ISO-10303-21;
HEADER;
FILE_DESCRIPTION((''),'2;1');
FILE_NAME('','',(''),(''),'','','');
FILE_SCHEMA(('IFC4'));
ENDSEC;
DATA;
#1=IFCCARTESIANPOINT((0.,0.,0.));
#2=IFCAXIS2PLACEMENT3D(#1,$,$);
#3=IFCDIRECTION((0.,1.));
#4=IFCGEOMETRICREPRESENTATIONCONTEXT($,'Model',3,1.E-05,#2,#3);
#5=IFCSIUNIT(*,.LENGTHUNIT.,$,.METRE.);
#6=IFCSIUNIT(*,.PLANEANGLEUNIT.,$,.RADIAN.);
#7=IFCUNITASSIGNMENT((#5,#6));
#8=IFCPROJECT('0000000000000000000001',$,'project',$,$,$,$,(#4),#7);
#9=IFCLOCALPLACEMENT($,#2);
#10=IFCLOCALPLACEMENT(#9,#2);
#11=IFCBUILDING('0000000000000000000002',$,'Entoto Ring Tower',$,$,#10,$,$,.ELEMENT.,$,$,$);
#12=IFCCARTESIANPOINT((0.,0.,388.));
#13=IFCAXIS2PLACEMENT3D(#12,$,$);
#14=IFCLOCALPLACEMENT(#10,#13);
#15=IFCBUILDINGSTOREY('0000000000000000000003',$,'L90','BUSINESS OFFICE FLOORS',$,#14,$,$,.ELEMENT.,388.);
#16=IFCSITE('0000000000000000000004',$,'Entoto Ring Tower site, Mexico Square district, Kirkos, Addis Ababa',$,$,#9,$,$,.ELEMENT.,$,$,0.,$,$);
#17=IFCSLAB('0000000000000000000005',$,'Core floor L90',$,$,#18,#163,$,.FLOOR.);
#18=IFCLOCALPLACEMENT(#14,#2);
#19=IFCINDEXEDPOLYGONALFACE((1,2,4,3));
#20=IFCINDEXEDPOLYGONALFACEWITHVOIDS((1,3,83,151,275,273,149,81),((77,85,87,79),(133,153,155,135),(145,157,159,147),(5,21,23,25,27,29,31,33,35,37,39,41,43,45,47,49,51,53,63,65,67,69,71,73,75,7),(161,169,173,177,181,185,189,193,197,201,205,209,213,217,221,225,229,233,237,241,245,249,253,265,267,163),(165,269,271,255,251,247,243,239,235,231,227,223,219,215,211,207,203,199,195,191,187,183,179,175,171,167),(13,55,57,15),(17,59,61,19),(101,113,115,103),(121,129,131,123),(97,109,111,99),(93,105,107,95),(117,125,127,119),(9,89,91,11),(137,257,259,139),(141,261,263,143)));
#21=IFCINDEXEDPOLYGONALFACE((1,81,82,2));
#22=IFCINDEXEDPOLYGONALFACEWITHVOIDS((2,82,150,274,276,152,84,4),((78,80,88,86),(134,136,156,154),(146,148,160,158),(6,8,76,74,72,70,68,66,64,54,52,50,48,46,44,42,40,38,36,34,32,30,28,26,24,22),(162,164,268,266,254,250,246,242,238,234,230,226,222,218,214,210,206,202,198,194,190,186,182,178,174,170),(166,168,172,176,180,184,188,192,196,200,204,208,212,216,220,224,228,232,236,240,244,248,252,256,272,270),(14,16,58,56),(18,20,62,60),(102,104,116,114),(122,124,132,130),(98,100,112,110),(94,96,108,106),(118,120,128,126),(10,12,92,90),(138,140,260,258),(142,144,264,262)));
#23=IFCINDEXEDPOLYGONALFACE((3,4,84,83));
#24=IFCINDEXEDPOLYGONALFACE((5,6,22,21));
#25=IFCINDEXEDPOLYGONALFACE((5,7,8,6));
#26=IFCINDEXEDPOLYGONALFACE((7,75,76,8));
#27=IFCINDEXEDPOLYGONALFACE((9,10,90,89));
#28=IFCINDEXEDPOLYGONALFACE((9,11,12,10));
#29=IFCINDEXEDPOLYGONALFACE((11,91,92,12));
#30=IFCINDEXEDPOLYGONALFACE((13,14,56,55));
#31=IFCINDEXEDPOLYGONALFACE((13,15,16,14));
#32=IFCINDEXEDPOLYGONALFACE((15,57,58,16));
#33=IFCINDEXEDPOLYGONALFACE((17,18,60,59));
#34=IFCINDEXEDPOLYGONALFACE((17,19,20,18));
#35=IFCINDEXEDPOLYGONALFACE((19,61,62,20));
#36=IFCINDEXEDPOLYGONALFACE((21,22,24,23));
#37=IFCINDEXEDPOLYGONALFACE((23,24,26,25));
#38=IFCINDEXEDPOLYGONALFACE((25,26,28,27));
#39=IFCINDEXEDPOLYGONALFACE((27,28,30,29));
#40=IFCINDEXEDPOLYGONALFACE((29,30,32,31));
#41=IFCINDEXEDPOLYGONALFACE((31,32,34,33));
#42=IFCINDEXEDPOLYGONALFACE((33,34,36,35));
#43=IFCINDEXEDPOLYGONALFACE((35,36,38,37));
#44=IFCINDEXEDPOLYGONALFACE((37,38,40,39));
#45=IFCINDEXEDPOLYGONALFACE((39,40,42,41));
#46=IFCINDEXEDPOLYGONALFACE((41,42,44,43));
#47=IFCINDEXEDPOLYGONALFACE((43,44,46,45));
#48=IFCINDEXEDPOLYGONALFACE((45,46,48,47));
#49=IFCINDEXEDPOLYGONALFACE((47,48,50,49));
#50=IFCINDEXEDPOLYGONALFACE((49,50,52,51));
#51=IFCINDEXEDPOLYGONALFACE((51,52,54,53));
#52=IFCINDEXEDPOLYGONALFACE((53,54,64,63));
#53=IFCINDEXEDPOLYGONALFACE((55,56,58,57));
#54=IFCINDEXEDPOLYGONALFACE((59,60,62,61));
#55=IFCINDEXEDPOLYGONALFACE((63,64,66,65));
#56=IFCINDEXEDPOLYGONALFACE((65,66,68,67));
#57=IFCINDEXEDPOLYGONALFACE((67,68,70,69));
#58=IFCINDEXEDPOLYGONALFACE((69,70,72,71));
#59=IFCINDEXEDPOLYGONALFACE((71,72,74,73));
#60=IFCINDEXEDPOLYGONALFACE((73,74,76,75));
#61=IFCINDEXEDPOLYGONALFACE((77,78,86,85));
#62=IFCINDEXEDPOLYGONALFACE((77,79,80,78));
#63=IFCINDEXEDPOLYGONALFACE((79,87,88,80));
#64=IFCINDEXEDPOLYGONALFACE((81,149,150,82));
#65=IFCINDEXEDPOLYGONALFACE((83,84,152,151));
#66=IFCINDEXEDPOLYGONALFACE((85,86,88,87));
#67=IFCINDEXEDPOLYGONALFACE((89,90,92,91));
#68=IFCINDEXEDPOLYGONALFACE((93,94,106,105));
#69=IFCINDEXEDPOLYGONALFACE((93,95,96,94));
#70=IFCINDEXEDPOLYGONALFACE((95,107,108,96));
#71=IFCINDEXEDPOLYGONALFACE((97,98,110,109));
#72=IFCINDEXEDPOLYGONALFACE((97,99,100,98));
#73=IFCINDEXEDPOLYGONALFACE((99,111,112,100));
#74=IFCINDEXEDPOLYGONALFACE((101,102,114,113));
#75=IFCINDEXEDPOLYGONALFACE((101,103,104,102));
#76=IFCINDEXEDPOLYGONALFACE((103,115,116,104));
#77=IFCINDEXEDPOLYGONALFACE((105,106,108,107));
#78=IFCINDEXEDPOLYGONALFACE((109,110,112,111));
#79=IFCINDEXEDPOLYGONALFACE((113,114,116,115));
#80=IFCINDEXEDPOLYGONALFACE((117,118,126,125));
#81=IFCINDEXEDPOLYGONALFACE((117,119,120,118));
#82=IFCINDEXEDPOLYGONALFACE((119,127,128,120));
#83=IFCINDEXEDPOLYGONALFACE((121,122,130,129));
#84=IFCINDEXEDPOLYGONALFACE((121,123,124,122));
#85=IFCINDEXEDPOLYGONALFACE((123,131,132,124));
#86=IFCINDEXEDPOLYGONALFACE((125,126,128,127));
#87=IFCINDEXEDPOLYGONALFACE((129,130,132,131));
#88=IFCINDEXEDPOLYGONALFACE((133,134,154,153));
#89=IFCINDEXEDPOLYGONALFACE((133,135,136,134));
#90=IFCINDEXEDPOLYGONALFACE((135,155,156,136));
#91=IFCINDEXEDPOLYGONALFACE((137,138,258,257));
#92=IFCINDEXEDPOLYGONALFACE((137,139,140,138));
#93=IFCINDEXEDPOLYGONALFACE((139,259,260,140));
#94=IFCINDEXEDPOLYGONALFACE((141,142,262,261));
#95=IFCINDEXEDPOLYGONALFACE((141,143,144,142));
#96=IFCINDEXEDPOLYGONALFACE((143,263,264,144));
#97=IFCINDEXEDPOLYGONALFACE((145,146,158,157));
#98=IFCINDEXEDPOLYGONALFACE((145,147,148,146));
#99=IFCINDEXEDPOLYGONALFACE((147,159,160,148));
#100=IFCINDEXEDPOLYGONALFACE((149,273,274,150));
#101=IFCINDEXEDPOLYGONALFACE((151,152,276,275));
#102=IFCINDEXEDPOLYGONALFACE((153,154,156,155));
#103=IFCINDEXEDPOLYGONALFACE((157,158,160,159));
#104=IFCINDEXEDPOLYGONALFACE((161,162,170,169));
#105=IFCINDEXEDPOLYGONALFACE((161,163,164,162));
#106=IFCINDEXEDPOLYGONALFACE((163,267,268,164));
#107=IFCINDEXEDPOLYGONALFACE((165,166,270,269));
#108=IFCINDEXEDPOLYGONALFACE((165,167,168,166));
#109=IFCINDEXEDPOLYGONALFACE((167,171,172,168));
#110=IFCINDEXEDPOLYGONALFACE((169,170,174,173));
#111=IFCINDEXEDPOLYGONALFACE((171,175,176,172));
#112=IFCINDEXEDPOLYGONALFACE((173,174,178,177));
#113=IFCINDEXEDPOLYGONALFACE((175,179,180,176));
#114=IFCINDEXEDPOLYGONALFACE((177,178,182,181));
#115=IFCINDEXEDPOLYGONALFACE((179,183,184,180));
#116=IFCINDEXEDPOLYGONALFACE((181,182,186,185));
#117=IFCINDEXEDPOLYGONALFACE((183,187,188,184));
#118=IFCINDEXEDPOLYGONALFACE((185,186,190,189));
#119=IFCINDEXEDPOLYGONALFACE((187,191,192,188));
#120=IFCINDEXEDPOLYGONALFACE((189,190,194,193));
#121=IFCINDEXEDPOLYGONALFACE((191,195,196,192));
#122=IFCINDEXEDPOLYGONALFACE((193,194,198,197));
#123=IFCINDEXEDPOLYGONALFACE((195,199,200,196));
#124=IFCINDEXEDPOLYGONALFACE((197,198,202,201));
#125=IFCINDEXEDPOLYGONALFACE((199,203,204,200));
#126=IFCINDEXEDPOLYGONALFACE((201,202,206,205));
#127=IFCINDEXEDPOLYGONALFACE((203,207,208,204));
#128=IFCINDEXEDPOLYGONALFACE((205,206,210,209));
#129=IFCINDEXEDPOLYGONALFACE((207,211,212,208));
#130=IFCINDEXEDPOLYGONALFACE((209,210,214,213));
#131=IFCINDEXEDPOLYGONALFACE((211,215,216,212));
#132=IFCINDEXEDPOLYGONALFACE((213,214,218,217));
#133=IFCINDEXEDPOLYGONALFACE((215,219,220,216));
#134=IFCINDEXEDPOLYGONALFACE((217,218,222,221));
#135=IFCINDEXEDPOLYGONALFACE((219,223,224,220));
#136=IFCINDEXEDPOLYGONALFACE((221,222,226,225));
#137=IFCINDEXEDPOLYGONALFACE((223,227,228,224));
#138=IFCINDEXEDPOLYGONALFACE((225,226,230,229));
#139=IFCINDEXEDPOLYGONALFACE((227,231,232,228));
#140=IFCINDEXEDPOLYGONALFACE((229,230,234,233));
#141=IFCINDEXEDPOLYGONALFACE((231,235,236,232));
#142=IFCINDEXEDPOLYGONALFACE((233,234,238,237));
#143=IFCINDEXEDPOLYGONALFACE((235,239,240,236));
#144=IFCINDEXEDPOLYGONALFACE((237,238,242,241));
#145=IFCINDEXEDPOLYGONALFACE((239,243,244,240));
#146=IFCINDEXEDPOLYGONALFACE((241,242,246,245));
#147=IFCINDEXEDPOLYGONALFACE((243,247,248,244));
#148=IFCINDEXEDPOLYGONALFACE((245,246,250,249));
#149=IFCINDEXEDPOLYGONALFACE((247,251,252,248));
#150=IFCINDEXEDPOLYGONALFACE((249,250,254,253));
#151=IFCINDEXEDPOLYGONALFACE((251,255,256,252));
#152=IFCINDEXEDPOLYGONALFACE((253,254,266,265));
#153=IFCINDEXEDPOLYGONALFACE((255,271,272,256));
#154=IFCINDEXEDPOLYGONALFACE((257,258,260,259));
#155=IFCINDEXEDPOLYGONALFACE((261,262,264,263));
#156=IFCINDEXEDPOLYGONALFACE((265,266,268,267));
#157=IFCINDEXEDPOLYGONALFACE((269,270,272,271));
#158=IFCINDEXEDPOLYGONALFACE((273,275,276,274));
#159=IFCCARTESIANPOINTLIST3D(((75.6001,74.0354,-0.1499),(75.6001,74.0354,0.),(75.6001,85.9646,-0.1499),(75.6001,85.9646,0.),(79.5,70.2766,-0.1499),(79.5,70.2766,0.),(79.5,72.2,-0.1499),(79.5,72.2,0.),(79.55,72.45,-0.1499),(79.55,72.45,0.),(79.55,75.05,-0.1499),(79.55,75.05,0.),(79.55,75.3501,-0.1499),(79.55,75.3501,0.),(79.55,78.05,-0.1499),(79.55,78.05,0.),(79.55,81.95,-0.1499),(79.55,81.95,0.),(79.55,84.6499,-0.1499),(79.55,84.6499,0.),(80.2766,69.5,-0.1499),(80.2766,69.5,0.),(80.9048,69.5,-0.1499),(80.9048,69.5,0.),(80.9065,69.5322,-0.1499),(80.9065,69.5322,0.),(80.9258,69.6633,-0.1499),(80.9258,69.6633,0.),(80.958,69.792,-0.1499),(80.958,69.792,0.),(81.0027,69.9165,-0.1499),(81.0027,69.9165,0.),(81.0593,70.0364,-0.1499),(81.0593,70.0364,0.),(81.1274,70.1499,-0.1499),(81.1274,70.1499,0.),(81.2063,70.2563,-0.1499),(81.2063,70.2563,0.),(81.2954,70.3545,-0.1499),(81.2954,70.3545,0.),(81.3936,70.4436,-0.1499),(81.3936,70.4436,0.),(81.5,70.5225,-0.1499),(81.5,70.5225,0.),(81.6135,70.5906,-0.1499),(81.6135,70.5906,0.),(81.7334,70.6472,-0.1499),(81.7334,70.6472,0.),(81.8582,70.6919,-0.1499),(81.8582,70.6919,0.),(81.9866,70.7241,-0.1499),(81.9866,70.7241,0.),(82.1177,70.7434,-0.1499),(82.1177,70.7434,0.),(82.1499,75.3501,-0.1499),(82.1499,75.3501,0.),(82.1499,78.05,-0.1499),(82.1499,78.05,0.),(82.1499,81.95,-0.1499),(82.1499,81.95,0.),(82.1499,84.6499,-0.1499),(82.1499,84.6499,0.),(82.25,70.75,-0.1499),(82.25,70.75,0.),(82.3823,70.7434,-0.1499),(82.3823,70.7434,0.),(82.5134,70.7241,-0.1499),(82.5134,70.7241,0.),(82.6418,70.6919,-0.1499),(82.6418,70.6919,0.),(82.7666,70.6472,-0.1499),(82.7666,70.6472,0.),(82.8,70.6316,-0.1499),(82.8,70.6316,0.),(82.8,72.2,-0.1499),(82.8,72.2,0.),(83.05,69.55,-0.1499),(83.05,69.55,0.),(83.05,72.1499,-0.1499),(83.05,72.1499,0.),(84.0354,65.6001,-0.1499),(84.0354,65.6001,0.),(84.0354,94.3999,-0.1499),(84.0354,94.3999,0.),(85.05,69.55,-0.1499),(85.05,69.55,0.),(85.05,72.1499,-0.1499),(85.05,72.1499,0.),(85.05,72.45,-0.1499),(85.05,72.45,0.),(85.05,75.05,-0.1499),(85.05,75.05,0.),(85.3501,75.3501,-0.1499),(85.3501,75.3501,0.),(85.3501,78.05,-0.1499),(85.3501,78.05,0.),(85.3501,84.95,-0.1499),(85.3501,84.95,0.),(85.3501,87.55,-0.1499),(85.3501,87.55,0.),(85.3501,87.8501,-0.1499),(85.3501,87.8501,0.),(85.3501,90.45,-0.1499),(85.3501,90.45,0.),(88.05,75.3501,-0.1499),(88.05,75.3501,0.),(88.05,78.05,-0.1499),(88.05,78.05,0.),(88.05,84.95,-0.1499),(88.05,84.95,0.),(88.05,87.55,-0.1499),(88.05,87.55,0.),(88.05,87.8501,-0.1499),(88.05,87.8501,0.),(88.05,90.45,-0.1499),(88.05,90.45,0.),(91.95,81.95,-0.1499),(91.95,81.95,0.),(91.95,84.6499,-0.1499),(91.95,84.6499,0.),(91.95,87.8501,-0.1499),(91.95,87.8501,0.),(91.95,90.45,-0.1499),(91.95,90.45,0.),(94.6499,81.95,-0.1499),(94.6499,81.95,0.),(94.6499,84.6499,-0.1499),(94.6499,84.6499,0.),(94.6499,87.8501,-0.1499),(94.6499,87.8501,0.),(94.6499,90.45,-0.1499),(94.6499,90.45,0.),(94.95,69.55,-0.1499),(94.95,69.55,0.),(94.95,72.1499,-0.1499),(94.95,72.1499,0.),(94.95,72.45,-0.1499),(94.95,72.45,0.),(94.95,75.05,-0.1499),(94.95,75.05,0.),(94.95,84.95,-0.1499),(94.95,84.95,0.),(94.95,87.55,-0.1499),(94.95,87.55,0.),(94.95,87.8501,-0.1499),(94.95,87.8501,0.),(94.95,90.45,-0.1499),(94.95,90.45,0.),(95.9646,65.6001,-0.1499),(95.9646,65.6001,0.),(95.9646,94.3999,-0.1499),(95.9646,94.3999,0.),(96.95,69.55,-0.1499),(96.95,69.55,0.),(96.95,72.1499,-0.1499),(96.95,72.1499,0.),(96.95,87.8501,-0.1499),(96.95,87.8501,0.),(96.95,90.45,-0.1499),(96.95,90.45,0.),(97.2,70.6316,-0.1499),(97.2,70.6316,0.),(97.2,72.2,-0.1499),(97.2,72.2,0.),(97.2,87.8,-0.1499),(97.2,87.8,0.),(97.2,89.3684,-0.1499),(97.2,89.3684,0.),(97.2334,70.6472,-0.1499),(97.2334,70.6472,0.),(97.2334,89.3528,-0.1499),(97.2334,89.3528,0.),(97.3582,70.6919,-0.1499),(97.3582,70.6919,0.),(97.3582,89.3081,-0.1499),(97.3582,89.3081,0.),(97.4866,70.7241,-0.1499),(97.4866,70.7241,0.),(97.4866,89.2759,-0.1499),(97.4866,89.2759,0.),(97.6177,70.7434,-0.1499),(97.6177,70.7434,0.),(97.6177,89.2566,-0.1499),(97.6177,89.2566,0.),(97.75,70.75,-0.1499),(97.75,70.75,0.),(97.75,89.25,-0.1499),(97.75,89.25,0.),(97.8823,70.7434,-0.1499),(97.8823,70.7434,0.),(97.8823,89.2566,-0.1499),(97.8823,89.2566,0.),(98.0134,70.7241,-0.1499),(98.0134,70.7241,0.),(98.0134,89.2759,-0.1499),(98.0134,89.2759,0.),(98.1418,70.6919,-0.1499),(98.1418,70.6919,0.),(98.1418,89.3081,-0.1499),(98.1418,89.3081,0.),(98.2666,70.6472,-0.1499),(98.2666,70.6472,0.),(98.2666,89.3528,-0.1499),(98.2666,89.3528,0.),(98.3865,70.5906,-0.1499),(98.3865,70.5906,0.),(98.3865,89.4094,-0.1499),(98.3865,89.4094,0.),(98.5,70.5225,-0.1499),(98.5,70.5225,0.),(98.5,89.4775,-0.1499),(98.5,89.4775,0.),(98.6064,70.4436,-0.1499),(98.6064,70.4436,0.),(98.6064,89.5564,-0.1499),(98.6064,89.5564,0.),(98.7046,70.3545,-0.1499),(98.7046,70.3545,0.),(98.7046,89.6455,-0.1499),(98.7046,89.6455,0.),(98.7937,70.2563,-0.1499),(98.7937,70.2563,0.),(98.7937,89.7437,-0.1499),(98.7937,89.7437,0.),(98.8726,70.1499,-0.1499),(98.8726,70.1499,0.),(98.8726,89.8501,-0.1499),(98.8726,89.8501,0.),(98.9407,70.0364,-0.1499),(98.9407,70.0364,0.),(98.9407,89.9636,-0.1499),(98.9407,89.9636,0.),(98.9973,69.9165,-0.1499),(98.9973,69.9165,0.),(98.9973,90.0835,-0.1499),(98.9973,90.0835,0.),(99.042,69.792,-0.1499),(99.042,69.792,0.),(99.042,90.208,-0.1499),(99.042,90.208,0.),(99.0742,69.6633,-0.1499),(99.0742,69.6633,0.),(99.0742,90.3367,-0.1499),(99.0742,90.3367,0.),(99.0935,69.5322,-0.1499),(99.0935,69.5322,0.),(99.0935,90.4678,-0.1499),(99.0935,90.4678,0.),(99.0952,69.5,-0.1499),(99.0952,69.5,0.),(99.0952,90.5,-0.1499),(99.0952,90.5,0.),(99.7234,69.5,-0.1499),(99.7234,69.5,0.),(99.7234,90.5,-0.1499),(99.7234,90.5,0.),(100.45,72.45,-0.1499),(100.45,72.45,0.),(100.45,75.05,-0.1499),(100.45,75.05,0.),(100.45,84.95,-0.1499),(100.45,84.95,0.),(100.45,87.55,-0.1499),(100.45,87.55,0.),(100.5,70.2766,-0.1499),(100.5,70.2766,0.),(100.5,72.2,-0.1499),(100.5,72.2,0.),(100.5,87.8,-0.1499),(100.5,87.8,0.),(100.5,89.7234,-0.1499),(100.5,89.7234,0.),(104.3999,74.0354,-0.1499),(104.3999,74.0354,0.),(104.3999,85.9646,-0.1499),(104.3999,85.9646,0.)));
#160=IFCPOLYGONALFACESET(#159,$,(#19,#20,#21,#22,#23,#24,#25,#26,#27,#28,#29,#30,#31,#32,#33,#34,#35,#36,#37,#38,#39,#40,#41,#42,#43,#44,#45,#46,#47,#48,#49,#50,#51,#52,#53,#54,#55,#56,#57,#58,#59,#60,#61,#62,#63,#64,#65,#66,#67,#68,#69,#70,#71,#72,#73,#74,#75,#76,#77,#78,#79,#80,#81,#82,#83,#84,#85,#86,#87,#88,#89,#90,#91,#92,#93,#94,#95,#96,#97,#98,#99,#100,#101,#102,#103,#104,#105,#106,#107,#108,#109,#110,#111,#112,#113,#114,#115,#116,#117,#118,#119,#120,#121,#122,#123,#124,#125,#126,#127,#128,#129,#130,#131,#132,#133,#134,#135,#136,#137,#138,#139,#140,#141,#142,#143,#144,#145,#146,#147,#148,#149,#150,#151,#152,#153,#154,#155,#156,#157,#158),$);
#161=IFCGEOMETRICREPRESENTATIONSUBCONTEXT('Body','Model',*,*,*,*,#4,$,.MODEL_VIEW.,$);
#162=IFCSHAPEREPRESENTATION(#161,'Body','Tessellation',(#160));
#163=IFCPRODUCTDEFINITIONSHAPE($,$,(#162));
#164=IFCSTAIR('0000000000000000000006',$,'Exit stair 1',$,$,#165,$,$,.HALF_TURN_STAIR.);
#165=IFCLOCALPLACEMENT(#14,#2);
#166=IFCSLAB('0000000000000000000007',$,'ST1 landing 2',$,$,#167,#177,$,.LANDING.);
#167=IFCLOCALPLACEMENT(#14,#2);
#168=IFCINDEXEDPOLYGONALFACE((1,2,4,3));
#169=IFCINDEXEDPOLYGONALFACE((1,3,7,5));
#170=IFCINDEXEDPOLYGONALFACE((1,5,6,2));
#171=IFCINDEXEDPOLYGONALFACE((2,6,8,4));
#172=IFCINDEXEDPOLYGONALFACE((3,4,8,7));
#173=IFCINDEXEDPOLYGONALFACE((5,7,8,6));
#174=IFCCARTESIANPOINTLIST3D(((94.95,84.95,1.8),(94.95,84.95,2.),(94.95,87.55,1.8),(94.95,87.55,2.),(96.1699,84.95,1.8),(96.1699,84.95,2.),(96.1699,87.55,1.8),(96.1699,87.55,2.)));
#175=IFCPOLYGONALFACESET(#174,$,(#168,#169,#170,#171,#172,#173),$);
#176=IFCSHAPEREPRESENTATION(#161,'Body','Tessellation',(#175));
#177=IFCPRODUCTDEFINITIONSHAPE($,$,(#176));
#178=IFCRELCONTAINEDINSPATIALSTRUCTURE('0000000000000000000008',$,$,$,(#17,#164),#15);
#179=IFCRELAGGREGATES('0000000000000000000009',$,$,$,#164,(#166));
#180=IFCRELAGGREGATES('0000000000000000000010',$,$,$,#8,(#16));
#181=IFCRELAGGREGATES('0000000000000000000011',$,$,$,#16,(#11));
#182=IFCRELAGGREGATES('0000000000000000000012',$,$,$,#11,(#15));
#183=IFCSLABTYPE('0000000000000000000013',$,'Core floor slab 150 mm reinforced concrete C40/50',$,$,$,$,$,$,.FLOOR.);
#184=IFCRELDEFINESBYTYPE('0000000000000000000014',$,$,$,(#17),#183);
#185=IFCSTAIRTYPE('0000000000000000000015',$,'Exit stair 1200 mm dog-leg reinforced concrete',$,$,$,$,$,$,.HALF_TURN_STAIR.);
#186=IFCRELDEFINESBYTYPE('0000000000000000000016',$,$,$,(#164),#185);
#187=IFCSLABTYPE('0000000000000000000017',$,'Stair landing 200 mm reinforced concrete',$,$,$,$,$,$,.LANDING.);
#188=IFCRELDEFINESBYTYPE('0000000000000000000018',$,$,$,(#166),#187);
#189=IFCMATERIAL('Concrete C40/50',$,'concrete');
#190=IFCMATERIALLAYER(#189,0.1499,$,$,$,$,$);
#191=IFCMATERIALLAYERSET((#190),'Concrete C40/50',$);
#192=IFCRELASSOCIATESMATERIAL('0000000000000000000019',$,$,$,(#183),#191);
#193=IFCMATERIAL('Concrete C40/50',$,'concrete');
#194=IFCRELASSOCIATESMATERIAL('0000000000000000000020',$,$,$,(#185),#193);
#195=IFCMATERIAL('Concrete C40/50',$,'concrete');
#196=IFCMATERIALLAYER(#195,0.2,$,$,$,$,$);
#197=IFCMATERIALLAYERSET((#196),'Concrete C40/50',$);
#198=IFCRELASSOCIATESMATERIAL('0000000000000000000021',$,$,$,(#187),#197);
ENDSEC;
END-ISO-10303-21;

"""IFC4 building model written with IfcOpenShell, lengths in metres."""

from ifc_helpers import new_model, si_unit, direction, frame, origin, place, context, subcontext, project, spatial, polyline, outline, extrude, material, layer, layer_set, type_object, element, aggregate, save


model = new_model("IFC4")

# Units and contexts
model_context = context("Model", 3, precision=1e-05, world=origin(), true_north=direction((0.0, 1.0)))
body_context = subcontext(model_context, "Body", "Model", "MODEL_VIEW")
ifc_project = project(units=[si_unit("LENGTHUNIT", "METRE"), si_unit("PLANEANGLEUNIT", "RADIAN")], contexts=[model_context])

# Site, building, storey
site_placement = place(None, origin())
site = spatial("IfcSite", under=ifc_project, at=site_placement, Name="Entoto Ring Tower site, Mexico Square district, Kirkos, Addis Ababa", CompositionType="ELEMENT", RefElevation=0.0)
building_placement = place(site_placement, origin())
building = spatial("IfcBuilding", under=site, at=building_placement, Name="Entoto Ring Tower", CompositionType="ELEMENT")
storey_placement = place(building_placement, frame((0.0, 0.0, 388.0)))
storey = spatial("IfcBuildingStorey", under=building, at=storey_placement, Name="L90", Description="BUSINESS OFFICE FLOORS", CompositionType="ELEMENT", Elevation=388.0)

# Slab
ifc_material_1 = material(Name="Concrete C40/50", Category="concrete")
ifc_layer_1 = layer(ifc_material_1, 0.1499)
ifc_layer_set_1 = layer_set([ifc_layer_1], Name="Concrete C40/50")
slab_type_1 = type_object("IfcSlabType", Name="Core floor slab 150 mm reinforced concrete C40/50", PredefinedType="FLOOR", material=ifc_layer_set_1)
slab_1_placement = place(storey_placement, frame((0.0, 0.0, -0.1499)))
element("IfcSlab", 1, at=slab_1_placement, inside=storey, type_object=slab_type_1, Name="Core floor L90", PredefinedType="FLOOR", context=body_context, shape_type="SweptSolid", body=[
    extrude(outline(polyline([(104.3999, 74.0354), (104.3999, 85.9646), (95.9646, 94.3999), (84.0354, 94.3999), (75.6001, 85.9646), (75.6001, 74.0354), (84.0354, 65.6001), (95.9646, 65.6001), (104.3999, 74.0354)]), holes=[polyline([(100.45, 84.95), (100.45, 87.55), (94.95, 87.55), (94.95, 84.95), (100.45, 84.95)]), polyline([(85.05, 72.45), (85.05, 75.05), (79.55, 75.05), (79.55, 72.45), (85.05, 72.45)]), polyline([(100.45, 72.45), (100.45, 75.05), (94.95, 75.05), (94.95, 72.45), (100.45, 72.45)]), polyline([(94.95, 90.45), (94.95, 87.8501), (96.95, 87.8501), (96.95, 90.45), (94.95, 90.45)]), polyline([(94.95, 72.1499), (94.95, 69.55), (96.95, 69.55), (96.95, 72.1499), (94.95, 72.1499)]), polyline([(83.05, 72.1499), (83.05, 69.55), (85.05, 69.55), (85.05, 72.1499), (83.05, 72.1499)]), polyline([(79.55, 81.95), (82.1499, 81.95), (82.1499, 84.6499), (79.55, 84.6499), (79.55, 81.95)]), polyline([(79.55, 75.3501), (82.1499, 75.3501), (82.1499, 78.05), (79.55, 78.05), (79.55, 75.3501)]), polyline([(91.95, 87.8501), (94.6499, 87.8501), (94.6499, 90.45), (91.95, 90.45), (91.95, 87.8501)]), polyline([(91.95, 81.95), (94.6499, 81.95), (94.6499, 84.6499), (91.95, 84.6499), (91.95, 81.95)]), polyline([(85.3501, 75.3501), (88.05, 75.3501), (88.05, 78.05), (85.3501, 78.05), (85.3501, 75.3501)]), polyline([(85.3501, 84.95), (88.05, 84.95), (88.05, 87.55), (85.3501, 87.55), (85.3501, 84.95)]), polyline([(85.3501, 87.8501), (88.05, 87.8501), (88.05, 90.45), (85.3501, 90.45), (85.3501, 87.8501)]), polyline([(97.2, 89.3684), (97.2, 87.8), (100.5, 87.8), (100.5, 89.7234), (99.7234, 90.5), (99.0952, 90.5), (99.0935, 90.4678), (99.0742, 90.3367), (99.042, 90.208), (98.9973, 90.0835), (98.9407, 89.9636), (98.8726, 89.8501), (98.7937, 89.7437), (98.7046, 89.6455), (98.6064, 89.5564), (98.5, 89.4775), (98.3865, 89.4094), (98.2666, 89.3528), (98.1418, 89.3081), (98.0134, 89.2759), (97.8823, 89.2566), (97.75, 89.25), (97.6177, 89.2566), (97.4866, 89.2759), (97.3582, 89.3081), (97.2334, 89.3528), (97.2, 89.3684)]), polyline([(80.2766, 69.5), (80.9048, 69.5), (80.9065, 69.5322), (80.9258, 69.6633), (80.958, 69.792), (81.0027, 69.9165), (81.0593, 70.0364), (81.1274, 70.1499), (81.2063, 70.2563), (81.2954, 70.3545), (81.3936, 70.4436), (81.5, 70.5225), (81.6135, 70.5906), (81.7334, 70.6472), (81.8582, 70.6919), (81.9866, 70.7241), (82.1177, 70.7434), (82.25, 70.75), (82.3823, 70.7434), (82.5134, 70.7241), (82.6418, 70.6919), (82.7666, 70.6472), (82.8, 70.6316), (82.8, 72.2), (79.5, 72.2), (79.5, 70.2766), (80.2766, 69.5)]), polyline([(99.0952, 69.5), (99.7234, 69.5), (100.5, 70.2766), (100.5, 72.2), (97.2, 72.2), (97.2, 70.6316), (97.2334, 70.6472), (97.3582, 70.6919), (97.4866, 70.7241), (97.6177, 70.7434), (97.75, 70.75), (97.8823, 70.7434), (98.0134, 70.7241), (98.1418, 70.6919), (98.2666, 70.6472), (98.3865, 70.5906), (98.5, 70.5225), (98.6064, 70.4436), (98.7046, 70.3545), (98.7937, 70.2563), (98.8726, 70.1499), (98.9407, 70.0364), (98.9973, 69.9165), (99.042, 69.792), (99.0742, 69.6633), (99.0935, 69.5322), (99.0952, 69.5)])]), origin(), (0.0, 0.0, 1.0), 0.1499),
])

# Stair, slab
ifc_material_2 = material(Name="Concrete C40/50", Category="concrete")
stair_type = type_object("IfcStairType", Name="Exit stair 1200 mm dog-leg reinforced concrete", PredefinedType="HALF_TURN_STAIR", material=ifc_material_2)
stair_1_placement = place(storey_placement, origin())
stair_1 = element("IfcStair", 2, at=stair_1_placement, inside=storey, type_object=stair_type, Name="Exit stair 1", PredefinedType="HALF_TURN_STAIR")
ifc_material_3 = material(Name="Concrete C40/50", Category="concrete")
ifc_layer_2 = layer(ifc_material_3, 0.2)
ifc_layer_set_2 = layer_set([ifc_layer_2], Name="Concrete C40/50")
slab_type_2 = type_object("IfcSlabType", Name="Stair landing 200 mm reinforced concrete", PredefinedType="LANDING", material=ifc_layer_set_2)
slab_2_placement = place(storey_placement, frame((0.0, 0.0, 1.8)))
slab_2 = element("IfcSlab", 3, at=slab_2_placement, type_object=slab_type_2, Name="ST1 landing 2", PredefinedType="LANDING", context=body_context, shape_type="SweptSolid", body=[
    extrude(outline(polyline([(94.95, 84.95), (96.1699, 84.95), (96.1699, 87.55), (94.95, 87.55), (94.95, 84.95)])), origin(), (0.0, 0.0, 1.0), 0.2),
])
aggregate(stair_1, [slab_2])

save(model, "model.ifc")
